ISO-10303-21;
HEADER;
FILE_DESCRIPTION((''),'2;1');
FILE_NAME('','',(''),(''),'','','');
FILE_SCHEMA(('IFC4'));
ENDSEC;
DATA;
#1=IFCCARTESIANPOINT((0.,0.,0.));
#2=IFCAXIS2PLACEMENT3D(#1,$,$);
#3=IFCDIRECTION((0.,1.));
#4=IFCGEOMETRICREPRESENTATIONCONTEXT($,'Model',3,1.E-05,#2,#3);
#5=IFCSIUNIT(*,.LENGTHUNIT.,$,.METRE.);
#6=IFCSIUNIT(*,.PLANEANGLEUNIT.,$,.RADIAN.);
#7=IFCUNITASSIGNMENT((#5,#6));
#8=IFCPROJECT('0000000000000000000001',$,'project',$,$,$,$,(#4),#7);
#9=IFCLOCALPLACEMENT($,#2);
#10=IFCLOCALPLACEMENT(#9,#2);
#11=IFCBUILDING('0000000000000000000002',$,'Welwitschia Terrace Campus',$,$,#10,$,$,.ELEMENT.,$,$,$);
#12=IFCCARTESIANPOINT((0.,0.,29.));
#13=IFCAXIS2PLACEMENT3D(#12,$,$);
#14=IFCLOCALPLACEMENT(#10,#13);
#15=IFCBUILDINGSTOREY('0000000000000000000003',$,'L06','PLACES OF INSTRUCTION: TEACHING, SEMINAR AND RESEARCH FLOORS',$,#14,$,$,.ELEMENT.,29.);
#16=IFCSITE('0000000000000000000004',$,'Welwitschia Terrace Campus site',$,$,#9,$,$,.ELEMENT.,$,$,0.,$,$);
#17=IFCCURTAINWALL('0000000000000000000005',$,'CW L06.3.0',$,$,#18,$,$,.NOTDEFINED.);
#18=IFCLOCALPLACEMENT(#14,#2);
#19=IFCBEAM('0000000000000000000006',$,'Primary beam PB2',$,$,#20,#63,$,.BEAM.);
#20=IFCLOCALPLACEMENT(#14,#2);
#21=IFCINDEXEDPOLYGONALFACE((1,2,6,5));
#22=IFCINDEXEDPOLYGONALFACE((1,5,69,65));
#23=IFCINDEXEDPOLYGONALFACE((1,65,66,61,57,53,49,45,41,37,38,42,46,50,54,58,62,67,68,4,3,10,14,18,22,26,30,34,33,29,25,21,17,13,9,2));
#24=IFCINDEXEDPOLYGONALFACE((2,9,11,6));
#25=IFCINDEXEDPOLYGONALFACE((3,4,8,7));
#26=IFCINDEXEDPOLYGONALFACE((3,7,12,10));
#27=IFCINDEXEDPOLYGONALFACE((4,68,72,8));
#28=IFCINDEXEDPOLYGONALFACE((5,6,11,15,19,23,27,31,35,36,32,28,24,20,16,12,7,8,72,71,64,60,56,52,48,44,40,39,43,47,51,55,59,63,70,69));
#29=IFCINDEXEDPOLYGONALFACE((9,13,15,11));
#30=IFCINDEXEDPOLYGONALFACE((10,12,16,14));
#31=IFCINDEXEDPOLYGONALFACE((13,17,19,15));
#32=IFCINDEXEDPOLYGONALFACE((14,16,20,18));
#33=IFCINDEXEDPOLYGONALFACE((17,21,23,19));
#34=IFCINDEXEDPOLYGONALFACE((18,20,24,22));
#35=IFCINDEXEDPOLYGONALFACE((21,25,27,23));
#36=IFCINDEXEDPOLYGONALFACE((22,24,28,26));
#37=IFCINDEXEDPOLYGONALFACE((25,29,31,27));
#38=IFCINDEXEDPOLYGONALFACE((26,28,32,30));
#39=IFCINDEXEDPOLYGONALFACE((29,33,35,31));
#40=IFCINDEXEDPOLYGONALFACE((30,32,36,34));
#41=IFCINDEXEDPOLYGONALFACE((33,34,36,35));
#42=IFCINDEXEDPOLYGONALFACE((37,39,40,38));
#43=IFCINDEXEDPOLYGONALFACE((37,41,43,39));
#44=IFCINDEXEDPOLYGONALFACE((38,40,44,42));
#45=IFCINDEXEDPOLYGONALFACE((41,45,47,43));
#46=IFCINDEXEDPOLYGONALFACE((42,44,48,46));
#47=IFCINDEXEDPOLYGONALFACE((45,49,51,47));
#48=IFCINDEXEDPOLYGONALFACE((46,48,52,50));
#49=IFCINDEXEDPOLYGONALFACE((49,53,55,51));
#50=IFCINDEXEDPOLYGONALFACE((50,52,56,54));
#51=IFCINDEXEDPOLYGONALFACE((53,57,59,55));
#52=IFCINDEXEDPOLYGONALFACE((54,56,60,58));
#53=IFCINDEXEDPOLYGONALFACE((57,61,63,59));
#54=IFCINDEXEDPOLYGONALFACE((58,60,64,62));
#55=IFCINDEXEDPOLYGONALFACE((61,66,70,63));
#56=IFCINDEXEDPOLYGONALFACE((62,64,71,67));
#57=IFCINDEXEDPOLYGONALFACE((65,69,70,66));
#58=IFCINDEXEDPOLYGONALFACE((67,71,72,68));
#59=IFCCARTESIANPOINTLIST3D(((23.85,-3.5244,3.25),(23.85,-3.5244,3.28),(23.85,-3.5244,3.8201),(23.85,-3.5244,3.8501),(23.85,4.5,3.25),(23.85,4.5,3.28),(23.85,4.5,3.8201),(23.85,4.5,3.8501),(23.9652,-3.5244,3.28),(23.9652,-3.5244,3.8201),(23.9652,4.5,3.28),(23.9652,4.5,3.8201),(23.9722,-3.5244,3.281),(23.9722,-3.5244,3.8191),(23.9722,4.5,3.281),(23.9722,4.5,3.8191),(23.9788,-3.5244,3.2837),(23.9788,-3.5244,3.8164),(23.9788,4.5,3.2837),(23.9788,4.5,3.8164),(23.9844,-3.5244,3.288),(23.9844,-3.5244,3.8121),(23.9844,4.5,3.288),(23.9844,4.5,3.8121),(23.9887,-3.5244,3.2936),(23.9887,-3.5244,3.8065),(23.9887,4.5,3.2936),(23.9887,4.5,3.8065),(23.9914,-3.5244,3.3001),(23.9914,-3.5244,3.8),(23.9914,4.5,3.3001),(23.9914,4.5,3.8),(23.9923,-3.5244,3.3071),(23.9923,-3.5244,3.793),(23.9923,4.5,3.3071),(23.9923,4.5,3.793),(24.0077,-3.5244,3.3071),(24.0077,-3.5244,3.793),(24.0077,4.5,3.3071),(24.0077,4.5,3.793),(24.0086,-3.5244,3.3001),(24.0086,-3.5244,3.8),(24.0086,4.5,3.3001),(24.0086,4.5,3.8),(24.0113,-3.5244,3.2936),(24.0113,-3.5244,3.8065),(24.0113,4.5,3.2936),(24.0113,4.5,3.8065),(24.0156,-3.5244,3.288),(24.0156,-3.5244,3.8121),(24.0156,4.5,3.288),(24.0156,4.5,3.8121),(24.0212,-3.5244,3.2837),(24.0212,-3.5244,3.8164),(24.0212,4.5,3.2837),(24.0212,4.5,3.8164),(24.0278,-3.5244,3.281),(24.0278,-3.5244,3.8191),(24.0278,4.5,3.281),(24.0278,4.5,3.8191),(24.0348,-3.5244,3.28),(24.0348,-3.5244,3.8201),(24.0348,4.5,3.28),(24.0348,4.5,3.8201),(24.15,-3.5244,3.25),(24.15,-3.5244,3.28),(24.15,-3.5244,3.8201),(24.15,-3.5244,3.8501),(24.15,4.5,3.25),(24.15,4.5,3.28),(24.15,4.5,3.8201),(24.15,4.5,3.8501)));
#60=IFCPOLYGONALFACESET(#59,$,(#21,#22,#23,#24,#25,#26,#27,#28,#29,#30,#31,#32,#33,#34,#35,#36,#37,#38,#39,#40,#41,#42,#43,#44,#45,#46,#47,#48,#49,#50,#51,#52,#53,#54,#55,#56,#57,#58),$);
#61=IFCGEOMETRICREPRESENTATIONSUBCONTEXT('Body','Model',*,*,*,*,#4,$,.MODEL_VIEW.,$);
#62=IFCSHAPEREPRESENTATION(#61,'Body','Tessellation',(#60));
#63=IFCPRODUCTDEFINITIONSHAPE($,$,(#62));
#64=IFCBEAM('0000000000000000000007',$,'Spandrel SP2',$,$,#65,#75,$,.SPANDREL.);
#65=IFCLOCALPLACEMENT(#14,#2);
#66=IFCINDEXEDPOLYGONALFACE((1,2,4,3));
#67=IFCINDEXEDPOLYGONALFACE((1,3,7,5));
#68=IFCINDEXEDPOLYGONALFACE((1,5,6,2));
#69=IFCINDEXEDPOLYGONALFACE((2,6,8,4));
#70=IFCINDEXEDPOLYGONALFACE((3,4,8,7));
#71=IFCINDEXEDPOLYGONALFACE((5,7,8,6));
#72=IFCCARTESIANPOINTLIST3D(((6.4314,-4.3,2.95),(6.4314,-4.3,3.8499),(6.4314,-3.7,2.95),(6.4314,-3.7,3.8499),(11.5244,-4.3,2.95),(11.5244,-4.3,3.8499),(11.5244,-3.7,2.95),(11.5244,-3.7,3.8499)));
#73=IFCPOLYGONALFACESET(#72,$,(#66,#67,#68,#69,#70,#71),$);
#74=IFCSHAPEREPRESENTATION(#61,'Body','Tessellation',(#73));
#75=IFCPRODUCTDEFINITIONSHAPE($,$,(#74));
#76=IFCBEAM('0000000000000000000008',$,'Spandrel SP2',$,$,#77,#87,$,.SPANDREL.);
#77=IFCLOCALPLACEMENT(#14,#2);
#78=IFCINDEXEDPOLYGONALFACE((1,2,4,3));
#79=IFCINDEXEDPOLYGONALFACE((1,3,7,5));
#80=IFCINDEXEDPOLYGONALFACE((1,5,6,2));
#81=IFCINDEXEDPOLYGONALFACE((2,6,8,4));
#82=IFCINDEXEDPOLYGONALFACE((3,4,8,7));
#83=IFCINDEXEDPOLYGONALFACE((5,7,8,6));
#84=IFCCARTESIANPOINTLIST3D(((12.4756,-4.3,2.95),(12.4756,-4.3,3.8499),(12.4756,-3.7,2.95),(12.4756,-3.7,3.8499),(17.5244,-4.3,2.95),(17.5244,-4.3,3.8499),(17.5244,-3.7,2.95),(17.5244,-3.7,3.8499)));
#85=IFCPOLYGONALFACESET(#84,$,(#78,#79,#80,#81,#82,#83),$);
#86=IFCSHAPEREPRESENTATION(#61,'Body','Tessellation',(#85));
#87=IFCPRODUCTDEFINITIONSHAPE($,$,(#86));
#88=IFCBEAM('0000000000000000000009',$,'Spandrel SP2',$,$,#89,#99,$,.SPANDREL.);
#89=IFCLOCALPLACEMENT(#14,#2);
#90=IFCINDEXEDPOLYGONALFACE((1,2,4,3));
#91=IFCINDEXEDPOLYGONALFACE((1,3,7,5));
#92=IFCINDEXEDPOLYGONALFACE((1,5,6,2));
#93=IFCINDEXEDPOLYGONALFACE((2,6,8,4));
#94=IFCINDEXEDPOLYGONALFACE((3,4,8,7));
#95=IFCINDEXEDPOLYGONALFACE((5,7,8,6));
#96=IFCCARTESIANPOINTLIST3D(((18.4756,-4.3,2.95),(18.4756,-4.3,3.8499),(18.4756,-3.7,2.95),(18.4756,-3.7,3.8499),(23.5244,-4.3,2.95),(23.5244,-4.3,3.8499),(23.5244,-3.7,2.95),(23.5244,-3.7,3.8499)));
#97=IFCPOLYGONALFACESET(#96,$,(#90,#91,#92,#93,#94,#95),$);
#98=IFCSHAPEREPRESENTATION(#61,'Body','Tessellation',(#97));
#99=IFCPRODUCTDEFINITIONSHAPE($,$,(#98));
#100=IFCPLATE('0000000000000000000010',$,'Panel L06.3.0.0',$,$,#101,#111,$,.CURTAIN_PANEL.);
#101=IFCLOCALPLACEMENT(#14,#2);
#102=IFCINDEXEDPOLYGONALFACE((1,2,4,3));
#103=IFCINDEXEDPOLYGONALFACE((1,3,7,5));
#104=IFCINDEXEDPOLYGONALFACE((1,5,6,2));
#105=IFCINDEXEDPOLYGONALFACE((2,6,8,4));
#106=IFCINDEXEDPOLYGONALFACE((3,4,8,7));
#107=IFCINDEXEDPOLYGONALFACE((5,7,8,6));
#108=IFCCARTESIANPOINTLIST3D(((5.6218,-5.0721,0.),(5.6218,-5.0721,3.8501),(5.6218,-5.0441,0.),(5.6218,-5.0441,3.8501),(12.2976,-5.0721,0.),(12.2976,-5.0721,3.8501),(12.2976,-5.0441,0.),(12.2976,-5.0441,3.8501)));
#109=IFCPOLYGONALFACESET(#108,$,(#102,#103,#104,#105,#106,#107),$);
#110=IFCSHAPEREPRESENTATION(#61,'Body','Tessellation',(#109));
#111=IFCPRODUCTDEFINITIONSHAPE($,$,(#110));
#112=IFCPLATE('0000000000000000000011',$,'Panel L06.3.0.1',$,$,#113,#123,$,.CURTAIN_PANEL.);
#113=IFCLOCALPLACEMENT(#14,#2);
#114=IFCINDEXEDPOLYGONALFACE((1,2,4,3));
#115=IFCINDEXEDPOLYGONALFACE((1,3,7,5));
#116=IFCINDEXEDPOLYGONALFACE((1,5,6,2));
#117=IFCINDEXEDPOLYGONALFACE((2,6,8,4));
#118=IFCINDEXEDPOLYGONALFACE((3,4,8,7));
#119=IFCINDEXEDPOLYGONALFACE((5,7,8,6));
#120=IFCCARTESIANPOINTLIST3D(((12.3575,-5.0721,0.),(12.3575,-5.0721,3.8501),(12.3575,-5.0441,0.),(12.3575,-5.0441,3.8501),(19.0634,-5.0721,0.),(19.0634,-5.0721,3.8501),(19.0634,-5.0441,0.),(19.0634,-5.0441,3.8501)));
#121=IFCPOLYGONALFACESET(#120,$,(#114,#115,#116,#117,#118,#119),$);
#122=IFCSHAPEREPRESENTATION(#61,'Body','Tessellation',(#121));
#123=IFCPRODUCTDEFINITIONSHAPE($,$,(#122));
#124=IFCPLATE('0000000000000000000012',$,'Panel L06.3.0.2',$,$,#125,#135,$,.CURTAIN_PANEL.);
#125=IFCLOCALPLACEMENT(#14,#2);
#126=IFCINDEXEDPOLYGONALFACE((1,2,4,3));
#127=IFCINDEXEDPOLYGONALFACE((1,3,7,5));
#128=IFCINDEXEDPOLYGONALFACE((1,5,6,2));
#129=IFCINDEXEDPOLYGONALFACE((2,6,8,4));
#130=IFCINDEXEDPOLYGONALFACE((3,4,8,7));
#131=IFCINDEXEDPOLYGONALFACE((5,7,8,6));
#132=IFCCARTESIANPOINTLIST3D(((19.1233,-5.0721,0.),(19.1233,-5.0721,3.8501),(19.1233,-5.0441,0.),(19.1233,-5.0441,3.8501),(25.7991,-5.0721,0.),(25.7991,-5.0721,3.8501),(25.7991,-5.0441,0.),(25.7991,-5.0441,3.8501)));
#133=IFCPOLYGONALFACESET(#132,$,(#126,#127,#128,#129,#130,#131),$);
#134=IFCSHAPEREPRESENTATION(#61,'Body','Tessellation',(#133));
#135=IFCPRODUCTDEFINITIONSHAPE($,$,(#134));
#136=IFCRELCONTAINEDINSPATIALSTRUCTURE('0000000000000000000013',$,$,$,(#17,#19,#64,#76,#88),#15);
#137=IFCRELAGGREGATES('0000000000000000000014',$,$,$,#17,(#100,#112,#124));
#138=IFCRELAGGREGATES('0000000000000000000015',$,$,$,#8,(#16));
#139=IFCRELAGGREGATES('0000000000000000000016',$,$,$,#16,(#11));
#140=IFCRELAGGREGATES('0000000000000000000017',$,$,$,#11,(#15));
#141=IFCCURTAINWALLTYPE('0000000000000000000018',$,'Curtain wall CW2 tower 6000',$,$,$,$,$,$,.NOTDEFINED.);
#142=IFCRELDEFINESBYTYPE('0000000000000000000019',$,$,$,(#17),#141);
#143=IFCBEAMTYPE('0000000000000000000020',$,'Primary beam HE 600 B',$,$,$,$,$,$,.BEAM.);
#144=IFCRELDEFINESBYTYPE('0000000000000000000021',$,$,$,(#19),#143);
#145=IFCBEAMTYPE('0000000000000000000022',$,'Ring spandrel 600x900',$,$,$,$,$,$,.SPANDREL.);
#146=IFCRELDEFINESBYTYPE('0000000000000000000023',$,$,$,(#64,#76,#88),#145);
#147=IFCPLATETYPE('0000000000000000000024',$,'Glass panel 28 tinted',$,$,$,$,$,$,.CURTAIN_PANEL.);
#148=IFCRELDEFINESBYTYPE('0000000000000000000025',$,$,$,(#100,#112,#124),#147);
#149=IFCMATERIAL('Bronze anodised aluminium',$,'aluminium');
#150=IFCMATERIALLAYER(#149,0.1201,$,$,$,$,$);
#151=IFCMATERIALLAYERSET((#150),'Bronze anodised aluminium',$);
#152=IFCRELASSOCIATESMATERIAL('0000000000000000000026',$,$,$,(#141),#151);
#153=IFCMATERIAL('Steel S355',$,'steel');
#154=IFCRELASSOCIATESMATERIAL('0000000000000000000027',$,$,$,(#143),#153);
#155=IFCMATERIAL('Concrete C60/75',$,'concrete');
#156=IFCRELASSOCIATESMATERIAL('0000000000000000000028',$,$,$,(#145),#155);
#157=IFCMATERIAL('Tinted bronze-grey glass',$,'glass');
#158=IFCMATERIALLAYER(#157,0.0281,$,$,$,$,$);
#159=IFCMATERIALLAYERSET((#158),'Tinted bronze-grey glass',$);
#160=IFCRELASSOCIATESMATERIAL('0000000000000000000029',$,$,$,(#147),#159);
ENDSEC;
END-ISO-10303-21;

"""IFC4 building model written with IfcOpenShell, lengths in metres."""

from ifc_helpers import new_model, si_unit, direction, frame, origin, origin_2d, place, context, subcontext, project, spatial, rectangle, i_section, extrude, material, layer, layer_set, material_profile, profile_set, type_object, element, aggregate, save


model = new_model("IFC4")

# Units and contexts
model_context = context("Model", 3, precision=1e-05, world=origin(), true_north=direction((0.0, 1.0)))
body_context = subcontext(model_context, "Body", "Model", "MODEL_VIEW")
ifc_project = project(units=[si_unit("LENGTHUNIT", "METRE"), si_unit("PLANEANGLEUNIT", "RADIAN")], contexts=[model_context])

# Site, building, storey
site_placement = place(None, origin())
site = spatial("IfcSite", under=ifc_project, at=site_placement, Name="Welwitschia Terrace Campus site", CompositionType="ELEMENT", RefElevation=0.0)
building_placement = place(site_placement, origin())
building = spatial("IfcBuilding", under=site, at=building_placement, Name="Welwitschia Terrace Campus", CompositionType="ELEMENT")
storey_placement = place(building_placement, frame((0.0, 0.0, 29.0)))
storey = spatial("IfcBuildingStorey", under=building, at=storey_placement, Name="L06", Description="PLACES OF INSTRUCTION: TEACHING, SEMINAR AND RESEARCH FLOORS", CompositionType="ELEMENT", Elevation=29.0)

# Curtain wall
ifc_material_1 = material(Name="Bronze anodised aluminium", Category="aluminium")
ifc_layer_1 = layer(ifc_material_1, 0.1201)
ifc_layer_set_1 = layer_set([ifc_layer_1], Name="Bronze anodised aluminium")
curtain_wall_type = type_object("IfcCurtainWallType", Name="Curtain wall CW2 tower 6000", PredefinedType="NOTDEFINED", material=ifc_layer_set_1)
curtain_wall_placement = place(storey_placement, origin())
curtain_wall = element("IfcCurtainWall", 1, at=curtain_wall_placement, inside=storey, type_object=curtain_wall_type, Name="CW L06.3.0", PredefinedType="NOTDEFINED")

# Beams
ifc_material_2 = material(Name="Steel S355", Category="steel")
ifc_material_profile_1 = material_profile(ifc_material_2, i_section(OverallWidth=0.3, OverallDepth=0.6001, WebThickness=0.0154, FlangeThickness=0.03, FilletRadius=0.0271, at=origin_2d()))
ifc_profile_set_1 = profile_set([ifc_material_profile_1], Name="Steel S355")
beam_type_1 = type_object("IfcBeamType", Name="Primary beam HE 600 B", PredefinedType="BEAM", material=ifc_profile_set_1)
for number, where, z_axis, x_axis, name in (
    (2, (24.0, -3.5244, 3.55), (0.0, 1.0, 0.0), (-1.0, 0.0, 0.0), "Primary beam PB2"),
):
    element("IfcBeam", number, at=place(storey_placement, frame(where, z_axis=z_axis, x_axis=x_axis)), inside=storey, type_object=beam_type_1, Name=name, PredefinedType="BEAM", context=body_context, shape_type="SweptSolid", body=[
        extrude(i_section(OverallWidth=0.3, OverallDepth=0.6001, WebThickness=0.0154, FlangeThickness=0.03, FilletRadius=0.0271, at=origin_2d()), origin(), (0.0, 0.0, 1.0), 8.0244),
    ])
ifc_material_3 = material(Name="Concrete C60/75", Category="concrete")
ifc_material_profile_2 = material_profile(ifc_material_3, rectangle(XDim=0.6001, YDim=0.8999, at=origin_2d()))
ifc_profile_set_2 = profile_set([ifc_material_profile_2], Name="Concrete C60/75")
beam_type_2 = type_object("IfcBeamType", Name="Ring spandrel 600x900", PredefinedType="SPANDREL", material=ifc_profile_set_2)
beam_1_placement = place(storey_placement, frame((6.4314, -4.0, 3.3999), z_axis=(1.0, 0.0, 0.0), x_axis=(0.0, 1.0, 0.0)))
element("IfcBeam", 3, at=beam_1_placement, inside=storey, type_object=beam_type_2, Name="Spandrel SP2", PredefinedType="SPANDREL", context=body_context, shape_type="SweptSolid", body=[
    extrude(rectangle(XDim=0.6001, YDim=0.8999, at=origin_2d()), origin(), (0.0, 0.0, 1.0), 5.093),
])
for number, where, z_axis, x_axis, name in (
    (4, (12.4756, -4.0, 3.3999), (1.0, 0.0, 0.0), (0.0, 1.0, 0.0), "Spandrel SP2"),
    (5, (18.4756, -4.0, 3.3999), (1.0, 0.0, 0.0), (0.0, 1.0, 0.0), "Spandrel SP2"),
):
    element("IfcBeam", number, at=place(storey_placement, frame(where, z_axis=z_axis, x_axis=x_axis)), inside=storey, type_object=beam_type_2, Name=name, PredefinedType="SPANDREL", context=body_context, shape_type="SweptSolid", body=[
        extrude(rectangle(XDim=0.6001, YDim=0.8999, at=origin_2d()), origin(), (0.0, 0.0, 1.0), 5.0488),
    ])

# Plates
ifc_material_4 = material(Name="Tinted bronze-grey glass", Category="glass")
ifc_layer_2 = layer(ifc_material_4, 0.0281)
ifc_layer_set_2 = layer_set([ifc_layer_2], Name="Tinted bronze-grey glass")
plate_type = type_object("IfcPlateType", Name="Glass panel 28 tinted", PredefinedType="CURTAIN_PANEL", material=ifc_layer_set_2)
plate_1_placement = place(storey_placement, frame((8.9597, -5.0581, 0.0), z_axis=(0.0, 0.0, 1.0), x_axis=(1.0, 0.0, 0.0)))
plate_1 = element("IfcPlate", 6, at=plate_1_placement, type_object=plate_type, Name="Panel L06.3.0.0", PredefinedType="CURTAIN_PANEL", context=body_context, shape_type="SweptSolid", body=[
    extrude(rectangle(XDim=6.6758, YDim=0.0281, at=origin_2d()), origin(), (0.0, 0.0, 1.0), 3.8501),
])
plate_2_placement = place(storey_placement, frame((15.7104, -5.0581, 0.0), z_axis=(0.0, 0.0, 1.0), x_axis=(1.0, 0.0, 0.0)))
plate_2 = element("IfcPlate", 7, at=plate_2_placement, type_object=plate_type, Name="Panel L06.3.0.1", PredefinedType="CURTAIN_PANEL", context=body_context, shape_type="SweptSolid", body=[
    extrude(rectangle(XDim=6.7058, YDim=0.0281, at=origin_2d()), origin(), (0.0, 0.0, 1.0), 3.8501),
])
plate_3_placement = place(storey_placement, frame((22.4612, -5.0581, 0.0), z_axis=(0.0, 0.0, 1.0), x_axis=(1.0, 0.0, 0.0)))
plate_3 = element("IfcPlate", 8, at=plate_3_placement, type_object=plate_type, Name="Panel L06.3.0.2", PredefinedType="CURTAIN_PANEL", context=body_context, shape_type="SweptSolid", body=[
    extrude(rectangle(XDim=6.6758, YDim=0.0281, at=origin_2d()), origin(), (0.0, 0.0, 1.0), 3.8501),
])
aggregate(curtain_wall, [plate_1, plate_2, plate_3])

save(model, "model.ifc")
